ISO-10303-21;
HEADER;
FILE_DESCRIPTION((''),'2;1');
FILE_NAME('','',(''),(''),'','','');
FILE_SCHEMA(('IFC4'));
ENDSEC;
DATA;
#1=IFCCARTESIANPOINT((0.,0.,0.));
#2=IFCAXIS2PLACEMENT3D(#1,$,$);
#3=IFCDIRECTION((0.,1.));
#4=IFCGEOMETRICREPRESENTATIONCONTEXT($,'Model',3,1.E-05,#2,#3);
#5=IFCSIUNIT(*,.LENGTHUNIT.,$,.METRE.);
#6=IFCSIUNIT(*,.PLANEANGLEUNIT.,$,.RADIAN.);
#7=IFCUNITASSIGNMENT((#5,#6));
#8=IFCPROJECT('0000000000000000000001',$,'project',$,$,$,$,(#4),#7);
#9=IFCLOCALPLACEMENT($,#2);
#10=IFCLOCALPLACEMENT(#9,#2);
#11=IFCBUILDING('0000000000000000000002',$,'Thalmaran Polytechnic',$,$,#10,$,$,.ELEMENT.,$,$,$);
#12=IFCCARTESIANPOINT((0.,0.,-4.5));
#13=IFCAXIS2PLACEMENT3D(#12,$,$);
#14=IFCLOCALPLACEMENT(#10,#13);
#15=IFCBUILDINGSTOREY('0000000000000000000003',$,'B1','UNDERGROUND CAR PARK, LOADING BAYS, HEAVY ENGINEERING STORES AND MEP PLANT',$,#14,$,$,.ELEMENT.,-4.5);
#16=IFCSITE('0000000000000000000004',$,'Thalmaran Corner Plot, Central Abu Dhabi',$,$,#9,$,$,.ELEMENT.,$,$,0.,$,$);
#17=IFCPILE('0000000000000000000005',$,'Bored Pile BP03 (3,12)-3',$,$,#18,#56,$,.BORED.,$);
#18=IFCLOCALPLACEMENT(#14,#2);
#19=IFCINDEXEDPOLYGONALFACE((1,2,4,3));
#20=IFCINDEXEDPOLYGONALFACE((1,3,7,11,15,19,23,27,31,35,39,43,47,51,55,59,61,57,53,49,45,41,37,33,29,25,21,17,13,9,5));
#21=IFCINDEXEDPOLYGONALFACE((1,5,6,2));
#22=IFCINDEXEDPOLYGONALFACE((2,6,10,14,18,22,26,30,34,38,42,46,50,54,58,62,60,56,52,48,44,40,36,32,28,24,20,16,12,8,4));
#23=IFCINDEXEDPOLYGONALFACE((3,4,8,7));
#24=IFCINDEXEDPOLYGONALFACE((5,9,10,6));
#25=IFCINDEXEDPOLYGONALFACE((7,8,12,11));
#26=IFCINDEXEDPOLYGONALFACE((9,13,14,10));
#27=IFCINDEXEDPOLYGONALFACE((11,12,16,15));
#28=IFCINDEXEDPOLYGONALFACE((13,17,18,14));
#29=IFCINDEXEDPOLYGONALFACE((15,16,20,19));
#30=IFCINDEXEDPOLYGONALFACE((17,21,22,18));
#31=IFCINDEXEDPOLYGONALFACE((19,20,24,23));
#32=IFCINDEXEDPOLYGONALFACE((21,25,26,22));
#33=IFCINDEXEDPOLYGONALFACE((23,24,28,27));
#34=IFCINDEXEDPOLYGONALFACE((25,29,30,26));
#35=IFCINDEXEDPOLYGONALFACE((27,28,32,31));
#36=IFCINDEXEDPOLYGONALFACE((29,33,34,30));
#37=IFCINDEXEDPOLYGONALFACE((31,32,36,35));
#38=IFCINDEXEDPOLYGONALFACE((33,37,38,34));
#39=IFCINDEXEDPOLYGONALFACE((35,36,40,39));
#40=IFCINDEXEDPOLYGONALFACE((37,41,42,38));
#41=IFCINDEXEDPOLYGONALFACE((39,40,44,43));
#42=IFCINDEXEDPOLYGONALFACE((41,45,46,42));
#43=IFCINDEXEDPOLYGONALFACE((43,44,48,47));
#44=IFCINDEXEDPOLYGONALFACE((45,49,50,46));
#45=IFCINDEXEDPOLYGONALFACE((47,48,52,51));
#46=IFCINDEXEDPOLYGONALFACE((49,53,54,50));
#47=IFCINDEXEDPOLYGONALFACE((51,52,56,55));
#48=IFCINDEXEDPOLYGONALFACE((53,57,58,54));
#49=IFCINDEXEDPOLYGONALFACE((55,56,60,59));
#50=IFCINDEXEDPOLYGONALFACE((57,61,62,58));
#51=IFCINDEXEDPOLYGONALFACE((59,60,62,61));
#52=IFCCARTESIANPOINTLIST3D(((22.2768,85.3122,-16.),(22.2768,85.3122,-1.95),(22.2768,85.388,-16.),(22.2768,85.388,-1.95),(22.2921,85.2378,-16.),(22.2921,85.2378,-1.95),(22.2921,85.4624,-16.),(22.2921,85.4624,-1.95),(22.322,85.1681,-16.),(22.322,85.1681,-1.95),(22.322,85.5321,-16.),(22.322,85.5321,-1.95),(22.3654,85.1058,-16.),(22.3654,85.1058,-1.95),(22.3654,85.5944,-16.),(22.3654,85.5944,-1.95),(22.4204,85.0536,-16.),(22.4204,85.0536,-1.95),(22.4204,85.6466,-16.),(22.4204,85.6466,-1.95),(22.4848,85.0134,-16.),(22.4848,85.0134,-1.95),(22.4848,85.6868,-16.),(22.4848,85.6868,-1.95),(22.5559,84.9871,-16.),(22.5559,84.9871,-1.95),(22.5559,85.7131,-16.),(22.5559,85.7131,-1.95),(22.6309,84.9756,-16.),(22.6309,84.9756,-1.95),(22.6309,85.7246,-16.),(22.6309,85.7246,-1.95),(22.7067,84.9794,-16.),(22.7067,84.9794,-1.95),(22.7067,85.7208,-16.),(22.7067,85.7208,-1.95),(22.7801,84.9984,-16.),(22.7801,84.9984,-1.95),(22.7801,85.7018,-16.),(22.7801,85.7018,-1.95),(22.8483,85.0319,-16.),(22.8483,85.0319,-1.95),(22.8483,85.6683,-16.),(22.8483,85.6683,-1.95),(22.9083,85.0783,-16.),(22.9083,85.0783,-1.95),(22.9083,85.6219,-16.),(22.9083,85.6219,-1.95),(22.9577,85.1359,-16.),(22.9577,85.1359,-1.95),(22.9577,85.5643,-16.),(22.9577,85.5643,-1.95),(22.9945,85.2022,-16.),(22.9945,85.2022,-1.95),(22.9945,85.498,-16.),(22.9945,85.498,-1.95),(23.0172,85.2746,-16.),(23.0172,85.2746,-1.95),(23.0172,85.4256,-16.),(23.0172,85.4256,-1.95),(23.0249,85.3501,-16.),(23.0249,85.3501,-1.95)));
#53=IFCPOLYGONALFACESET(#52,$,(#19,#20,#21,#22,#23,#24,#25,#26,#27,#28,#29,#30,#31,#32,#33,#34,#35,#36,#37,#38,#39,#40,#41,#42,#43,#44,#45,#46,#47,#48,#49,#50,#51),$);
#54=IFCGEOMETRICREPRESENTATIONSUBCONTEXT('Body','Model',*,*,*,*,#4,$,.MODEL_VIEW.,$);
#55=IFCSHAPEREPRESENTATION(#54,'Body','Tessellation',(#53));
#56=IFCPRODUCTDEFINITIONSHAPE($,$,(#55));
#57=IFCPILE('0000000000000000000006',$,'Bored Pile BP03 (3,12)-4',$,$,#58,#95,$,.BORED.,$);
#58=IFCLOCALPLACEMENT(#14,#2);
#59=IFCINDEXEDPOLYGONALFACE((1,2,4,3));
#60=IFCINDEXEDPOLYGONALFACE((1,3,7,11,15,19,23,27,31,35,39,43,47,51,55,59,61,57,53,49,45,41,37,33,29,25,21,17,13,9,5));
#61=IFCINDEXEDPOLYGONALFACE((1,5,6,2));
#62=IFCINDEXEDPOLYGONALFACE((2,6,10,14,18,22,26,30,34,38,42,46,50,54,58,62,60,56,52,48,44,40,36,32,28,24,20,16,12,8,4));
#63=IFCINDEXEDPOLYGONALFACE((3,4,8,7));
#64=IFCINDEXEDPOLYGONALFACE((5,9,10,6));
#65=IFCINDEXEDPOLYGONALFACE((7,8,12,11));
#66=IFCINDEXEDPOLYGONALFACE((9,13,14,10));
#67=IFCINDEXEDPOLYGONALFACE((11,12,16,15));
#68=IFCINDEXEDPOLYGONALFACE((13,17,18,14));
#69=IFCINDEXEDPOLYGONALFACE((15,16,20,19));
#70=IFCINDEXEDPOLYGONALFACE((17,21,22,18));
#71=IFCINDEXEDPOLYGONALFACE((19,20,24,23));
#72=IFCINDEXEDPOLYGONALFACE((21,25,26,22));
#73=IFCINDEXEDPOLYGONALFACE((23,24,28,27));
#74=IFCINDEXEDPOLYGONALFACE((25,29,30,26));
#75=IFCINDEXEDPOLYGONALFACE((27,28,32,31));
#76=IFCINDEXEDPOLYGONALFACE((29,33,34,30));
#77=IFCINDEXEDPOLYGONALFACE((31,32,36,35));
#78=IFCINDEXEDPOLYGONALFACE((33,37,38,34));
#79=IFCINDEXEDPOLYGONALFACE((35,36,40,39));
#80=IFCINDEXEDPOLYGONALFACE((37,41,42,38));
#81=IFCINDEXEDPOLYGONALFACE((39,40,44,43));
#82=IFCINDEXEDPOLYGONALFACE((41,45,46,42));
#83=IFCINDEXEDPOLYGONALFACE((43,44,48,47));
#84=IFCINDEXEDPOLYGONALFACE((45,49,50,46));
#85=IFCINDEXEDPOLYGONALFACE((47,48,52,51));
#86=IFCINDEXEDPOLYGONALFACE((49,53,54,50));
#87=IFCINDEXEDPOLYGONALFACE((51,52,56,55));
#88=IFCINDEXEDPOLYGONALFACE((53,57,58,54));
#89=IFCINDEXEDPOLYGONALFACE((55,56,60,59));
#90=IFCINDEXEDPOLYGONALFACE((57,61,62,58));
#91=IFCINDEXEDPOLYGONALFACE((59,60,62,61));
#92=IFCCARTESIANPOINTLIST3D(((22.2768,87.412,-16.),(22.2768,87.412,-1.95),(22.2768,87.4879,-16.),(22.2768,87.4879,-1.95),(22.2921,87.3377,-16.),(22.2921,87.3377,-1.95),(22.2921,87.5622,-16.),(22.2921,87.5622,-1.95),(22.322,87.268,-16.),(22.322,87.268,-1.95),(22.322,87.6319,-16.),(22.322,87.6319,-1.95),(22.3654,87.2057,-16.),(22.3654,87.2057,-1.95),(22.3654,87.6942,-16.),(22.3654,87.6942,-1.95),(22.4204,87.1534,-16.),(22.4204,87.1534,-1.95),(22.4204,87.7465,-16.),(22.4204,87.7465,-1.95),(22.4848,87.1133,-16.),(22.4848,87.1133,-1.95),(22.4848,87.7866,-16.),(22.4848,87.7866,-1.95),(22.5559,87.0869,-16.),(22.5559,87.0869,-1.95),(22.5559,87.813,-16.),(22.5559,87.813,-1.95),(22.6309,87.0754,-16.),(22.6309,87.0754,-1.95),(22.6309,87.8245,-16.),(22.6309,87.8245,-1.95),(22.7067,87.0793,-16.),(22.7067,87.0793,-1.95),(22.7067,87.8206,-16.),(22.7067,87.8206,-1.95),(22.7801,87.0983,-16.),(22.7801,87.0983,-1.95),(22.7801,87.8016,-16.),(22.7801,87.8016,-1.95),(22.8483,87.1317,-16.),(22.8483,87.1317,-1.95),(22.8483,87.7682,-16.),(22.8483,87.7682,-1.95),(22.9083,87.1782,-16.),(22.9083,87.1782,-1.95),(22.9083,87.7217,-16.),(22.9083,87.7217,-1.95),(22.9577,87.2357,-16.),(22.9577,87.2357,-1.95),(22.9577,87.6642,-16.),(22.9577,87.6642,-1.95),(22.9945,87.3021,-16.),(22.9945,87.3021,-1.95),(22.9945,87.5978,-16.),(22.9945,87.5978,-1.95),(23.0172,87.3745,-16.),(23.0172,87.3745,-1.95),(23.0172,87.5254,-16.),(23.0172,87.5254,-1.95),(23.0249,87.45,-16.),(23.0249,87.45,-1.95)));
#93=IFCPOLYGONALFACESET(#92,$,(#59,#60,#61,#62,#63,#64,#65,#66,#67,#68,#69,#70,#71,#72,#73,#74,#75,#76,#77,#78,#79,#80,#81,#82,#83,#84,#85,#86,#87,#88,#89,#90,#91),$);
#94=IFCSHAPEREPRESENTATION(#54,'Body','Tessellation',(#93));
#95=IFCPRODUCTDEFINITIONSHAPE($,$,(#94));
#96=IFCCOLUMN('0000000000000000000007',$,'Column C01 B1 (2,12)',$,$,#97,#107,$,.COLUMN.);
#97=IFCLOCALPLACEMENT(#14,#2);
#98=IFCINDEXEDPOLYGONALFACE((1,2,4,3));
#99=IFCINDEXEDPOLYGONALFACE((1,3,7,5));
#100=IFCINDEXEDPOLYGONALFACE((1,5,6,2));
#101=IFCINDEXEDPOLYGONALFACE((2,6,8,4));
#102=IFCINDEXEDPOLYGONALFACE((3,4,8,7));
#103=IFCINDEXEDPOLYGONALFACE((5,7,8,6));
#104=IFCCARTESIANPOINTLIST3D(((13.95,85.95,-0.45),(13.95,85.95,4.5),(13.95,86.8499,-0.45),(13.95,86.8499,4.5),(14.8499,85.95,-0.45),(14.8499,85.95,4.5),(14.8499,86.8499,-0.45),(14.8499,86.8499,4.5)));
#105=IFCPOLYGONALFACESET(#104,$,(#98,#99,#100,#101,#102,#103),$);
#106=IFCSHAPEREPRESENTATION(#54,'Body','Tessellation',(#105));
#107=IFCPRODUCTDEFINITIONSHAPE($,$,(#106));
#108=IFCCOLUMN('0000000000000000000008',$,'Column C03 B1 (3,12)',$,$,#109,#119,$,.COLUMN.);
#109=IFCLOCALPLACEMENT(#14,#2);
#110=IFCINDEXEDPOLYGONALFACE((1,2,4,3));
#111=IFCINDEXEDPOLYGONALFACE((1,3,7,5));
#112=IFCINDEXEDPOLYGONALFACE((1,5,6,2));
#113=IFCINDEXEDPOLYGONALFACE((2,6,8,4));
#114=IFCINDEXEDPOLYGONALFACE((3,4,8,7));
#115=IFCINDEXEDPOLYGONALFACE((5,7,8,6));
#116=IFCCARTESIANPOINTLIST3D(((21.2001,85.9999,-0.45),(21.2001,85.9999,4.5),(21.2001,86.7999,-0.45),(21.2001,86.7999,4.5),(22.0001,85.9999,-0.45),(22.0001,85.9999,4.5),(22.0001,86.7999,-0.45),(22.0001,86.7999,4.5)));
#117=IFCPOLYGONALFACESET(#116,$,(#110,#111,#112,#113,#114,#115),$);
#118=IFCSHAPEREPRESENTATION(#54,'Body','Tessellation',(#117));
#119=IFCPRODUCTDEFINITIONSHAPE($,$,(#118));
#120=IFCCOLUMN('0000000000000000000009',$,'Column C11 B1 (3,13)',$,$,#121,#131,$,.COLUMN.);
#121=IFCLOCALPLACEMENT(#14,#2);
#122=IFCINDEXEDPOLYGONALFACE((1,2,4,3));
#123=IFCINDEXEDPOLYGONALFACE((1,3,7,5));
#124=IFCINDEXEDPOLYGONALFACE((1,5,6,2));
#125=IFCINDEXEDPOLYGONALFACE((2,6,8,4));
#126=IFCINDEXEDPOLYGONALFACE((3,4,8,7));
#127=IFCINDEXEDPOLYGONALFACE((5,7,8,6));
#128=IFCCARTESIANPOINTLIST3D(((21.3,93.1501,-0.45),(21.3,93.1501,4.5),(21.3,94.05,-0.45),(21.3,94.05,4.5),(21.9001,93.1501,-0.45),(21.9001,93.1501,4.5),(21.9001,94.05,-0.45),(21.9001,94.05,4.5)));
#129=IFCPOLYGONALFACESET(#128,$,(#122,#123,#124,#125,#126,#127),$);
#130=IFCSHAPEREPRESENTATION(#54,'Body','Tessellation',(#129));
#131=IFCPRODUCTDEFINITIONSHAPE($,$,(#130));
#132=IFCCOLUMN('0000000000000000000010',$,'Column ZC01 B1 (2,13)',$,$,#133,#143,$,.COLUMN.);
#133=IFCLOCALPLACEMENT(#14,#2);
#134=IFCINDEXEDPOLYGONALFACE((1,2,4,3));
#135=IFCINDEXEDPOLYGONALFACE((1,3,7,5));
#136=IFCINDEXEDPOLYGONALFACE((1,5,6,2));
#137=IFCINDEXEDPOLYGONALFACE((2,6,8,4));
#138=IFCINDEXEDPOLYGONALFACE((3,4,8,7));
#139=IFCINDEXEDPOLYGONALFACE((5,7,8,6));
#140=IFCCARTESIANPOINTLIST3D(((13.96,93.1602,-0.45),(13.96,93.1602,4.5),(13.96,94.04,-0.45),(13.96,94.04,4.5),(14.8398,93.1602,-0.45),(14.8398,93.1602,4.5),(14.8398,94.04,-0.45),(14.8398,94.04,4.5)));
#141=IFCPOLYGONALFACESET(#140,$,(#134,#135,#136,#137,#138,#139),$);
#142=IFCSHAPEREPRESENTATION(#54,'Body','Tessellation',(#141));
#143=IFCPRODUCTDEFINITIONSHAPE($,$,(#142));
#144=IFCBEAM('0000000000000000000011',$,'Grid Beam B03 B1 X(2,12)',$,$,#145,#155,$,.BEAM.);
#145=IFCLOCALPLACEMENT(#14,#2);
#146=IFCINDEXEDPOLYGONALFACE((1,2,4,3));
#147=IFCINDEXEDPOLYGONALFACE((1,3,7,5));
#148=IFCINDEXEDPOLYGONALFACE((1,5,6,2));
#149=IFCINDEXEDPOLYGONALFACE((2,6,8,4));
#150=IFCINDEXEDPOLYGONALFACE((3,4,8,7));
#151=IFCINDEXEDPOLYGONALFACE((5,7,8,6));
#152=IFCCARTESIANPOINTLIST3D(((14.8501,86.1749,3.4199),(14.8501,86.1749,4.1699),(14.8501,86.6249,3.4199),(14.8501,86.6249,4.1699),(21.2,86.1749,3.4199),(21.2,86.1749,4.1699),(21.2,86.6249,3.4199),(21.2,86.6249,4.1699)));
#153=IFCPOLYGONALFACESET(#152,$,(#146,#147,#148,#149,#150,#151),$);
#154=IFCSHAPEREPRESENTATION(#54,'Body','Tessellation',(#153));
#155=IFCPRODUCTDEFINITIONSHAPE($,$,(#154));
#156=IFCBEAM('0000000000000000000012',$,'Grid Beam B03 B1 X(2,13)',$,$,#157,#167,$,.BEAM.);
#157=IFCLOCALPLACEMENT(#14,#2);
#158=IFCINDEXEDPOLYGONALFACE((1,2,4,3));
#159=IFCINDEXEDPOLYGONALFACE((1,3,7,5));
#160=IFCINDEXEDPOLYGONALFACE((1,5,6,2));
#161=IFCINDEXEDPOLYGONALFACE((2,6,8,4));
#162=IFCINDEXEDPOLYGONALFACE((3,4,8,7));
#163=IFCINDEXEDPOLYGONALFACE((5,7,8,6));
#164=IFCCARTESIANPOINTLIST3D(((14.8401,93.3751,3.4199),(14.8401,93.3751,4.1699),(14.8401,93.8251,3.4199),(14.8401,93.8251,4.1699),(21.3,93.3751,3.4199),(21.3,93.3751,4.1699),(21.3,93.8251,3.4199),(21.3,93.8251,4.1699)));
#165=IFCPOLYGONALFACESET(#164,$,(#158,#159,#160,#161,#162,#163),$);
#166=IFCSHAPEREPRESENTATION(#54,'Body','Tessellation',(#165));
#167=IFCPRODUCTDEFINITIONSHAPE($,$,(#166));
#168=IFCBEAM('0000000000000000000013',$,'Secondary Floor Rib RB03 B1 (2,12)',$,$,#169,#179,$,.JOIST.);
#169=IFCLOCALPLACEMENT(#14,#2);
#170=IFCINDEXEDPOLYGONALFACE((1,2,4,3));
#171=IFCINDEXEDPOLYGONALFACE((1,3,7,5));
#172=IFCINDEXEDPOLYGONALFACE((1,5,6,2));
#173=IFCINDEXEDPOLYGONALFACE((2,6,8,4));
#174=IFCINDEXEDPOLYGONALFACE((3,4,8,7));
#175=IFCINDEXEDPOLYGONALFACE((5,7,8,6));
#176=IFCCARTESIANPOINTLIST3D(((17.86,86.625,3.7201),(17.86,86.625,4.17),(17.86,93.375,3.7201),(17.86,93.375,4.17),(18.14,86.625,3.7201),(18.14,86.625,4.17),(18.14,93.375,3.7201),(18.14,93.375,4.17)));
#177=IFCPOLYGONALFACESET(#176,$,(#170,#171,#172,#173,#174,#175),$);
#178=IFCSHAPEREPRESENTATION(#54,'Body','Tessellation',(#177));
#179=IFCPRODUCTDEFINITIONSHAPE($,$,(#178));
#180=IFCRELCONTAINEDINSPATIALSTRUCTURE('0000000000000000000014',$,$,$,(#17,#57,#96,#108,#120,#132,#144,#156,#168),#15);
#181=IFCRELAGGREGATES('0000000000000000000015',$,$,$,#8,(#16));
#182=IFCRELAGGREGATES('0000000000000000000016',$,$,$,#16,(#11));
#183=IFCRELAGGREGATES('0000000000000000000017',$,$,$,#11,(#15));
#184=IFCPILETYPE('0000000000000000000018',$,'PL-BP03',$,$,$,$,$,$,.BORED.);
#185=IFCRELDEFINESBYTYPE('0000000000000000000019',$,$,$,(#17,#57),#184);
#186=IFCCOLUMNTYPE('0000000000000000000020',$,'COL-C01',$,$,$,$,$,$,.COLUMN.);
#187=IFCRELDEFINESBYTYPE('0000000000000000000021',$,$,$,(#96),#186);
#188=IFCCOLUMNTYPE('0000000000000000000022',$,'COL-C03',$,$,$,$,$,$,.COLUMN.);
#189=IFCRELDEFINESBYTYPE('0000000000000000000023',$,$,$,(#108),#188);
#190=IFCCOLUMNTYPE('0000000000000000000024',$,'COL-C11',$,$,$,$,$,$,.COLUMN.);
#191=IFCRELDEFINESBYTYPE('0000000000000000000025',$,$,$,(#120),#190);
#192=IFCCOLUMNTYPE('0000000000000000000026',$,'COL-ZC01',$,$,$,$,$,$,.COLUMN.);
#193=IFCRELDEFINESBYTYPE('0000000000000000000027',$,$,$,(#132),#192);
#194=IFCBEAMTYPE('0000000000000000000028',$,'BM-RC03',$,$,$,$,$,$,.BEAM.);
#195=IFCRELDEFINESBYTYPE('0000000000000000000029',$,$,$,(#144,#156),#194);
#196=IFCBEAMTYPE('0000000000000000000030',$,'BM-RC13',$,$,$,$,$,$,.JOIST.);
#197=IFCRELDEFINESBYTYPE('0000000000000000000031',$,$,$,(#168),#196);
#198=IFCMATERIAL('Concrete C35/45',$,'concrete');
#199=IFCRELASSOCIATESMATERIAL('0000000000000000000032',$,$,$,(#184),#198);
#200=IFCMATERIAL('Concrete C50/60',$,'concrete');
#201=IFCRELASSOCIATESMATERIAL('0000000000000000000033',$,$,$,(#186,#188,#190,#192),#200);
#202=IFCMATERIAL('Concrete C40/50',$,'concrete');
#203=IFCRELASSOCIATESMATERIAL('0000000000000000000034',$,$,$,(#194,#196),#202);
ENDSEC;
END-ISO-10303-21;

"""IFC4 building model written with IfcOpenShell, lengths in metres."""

from ifc_helpers import new_model, si_unit, direction, frame, origin, origin_2d, place, context, subcontext, project, spatial, rectangle, circle, extrude, material, material_profile, profile_set, type_object, element, save


model = new_model("IFC4")

# Units and contexts
model_context = context("Model", 3, precision=1e-05, world=origin(), true_north=direction((0.0, 1.0)))
body_context = subcontext(model_context, "Body", "Model", "MODEL_VIEW")
ifc_project = project(units=[si_unit("LENGTHUNIT", "METRE"), si_unit("PLANEANGLEUNIT", "RADIAN")], contexts=[model_context])

# Site, building, storey
site_placement = place(None, origin())
site = spatial("IfcSite", under=ifc_project, at=site_placement, Name="Thalmaran Corner Plot, Central Abu Dhabi", CompositionType="ELEMENT", RefElevation=0.0)
building_placement = place(site_placement, origin())
building = spatial("IfcBuilding", under=site, at=building_placement, Name="Thalmaran Polytechnic", CompositionType="ELEMENT")
storey_placement = place(building_placement, frame((0.0, 0.0, -4.5)))
storey = spatial("IfcBuildingStorey", under=building, at=storey_placement, Name="B1", Description="UNDERGROUND CAR PARK, LOADING BAYS, HEAVY ENGINEERING STORES AND MEP PLANT", CompositionType="ELEMENT", Elevation=-4.5)

# Shared definitions
ifc_material_1 = material(Name="Concrete C40/50", Category="concrete")

# Piles
ifc_material_2 = material(Name="Concrete C35/45", Category="concrete")
ifc_material_profile_1 = material_profile(ifc_material_2, circle(Radius=0.375, at=origin_2d()), Name="RC 750 DIA")
ifc_profile_set_1 = profile_set([ifc_material_profile_1], Name="Concrete C35/45")
pile_type_1 = type_object("IfcPileType", Name="PL-BP03", PredefinedType="BORED", material=ifc_profile_set_1)
for number, where, z_axis, x_axis, name in (
    (1, (22.6499, 85.3501, -1.95), (0.0, 0.0, -1.0), (1.0, 0.0, 0.0), "Bored Pile BP03 (3,12)-3"),
    (2, (22.6499, 87.45, -1.95), (0.0, 0.0, -1.0), (1.0, 0.0, 0.0), "Bored Pile BP03 (3,12)-4"),
):
    element("IfcPile", number, at=place(storey_placement, frame(where, z_axis=z_axis, x_axis=x_axis)), inside=storey, type_object=pile_type_1, Name=name, PredefinedType="BORED", context=body_context, shape_type="SweptSolid", body=[
        extrude(circle(Radius=0.375, at=origin_2d()), origin(), (0.0, 0.0, 1.0), 14.05),
    ])

# Columns
ifc_material_3 = material(Name="Concrete C50/60", Category="concrete")
ifc_material_profile_2 = material_profile(ifc_material_3, rectangle(XDim=0.8999, YDim=0.8999, at=origin_2d()), Name="RC 900x900")
ifc_profile_set_2 = profile_set([ifc_material_profile_2], Name="Concrete C50/60")
column_type_1 = type_object("IfcColumnType", Name="COL-C01", PredefinedType="COLUMN", material=ifc_profile_set_2)
column_1_placement = place(storey_placement, frame((14.3999, 86.3999, -0.45), z_axis=(0.0, 0.0, 1.0), x_axis=(1.0, 0.0, 0.0)))
element("IfcColumn", 3, at=column_1_placement, inside=storey, type_object=column_type_1, Name="Column C01 B1 (2,12)", PredefinedType="COLUMN", context=body_context, shape_type="SweptSolid", body=[
    extrude(rectangle(XDim=0.8999, YDim=0.8999, at=origin_2d()), origin(), (0.0, 0.0, 1.0), 4.95),
])
ifc_material_profile_3 = material_profile(ifc_material_3, rectangle(XDim=0.8, YDim=0.8, at=origin_2d()), Name="RC 800x800")
ifc_profile_set_3 = profile_set([ifc_material_profile_3], Name="Concrete C50/60")
column_type_2 = type_object("IfcColumnType", Name="COL-C03", PredefinedType="COLUMN", material=ifc_profile_set_3)
column_2_placement = place(storey_placement, frame((21.6001, 86.3999, -0.45), z_axis=(0.0, 0.0, 1.0), x_axis=(1.0, 0.0, 0.0)))
element("IfcColumn", 4, at=column_2_placement, inside=storey, type_object=column_type_2, Name="Column C03 B1 (3,12)", PredefinedType="COLUMN", context=body_context, shape_type="SweptSolid", body=[
    extrude(rectangle(XDim=0.8, YDim=0.8, at=origin_2d()), origin(), (0.0, 0.0, 1.0), 4.95),
])
ifc_material_profile_4 = material_profile(ifc_material_3, rectangle(XDim=0.6001, YDim=0.8999, at=origin_2d()), Name="RC 600x900")
ifc_profile_set_4 = profile_set([ifc_material_profile_4], Name="Concrete C50/60")
column_type_3 = type_object("IfcColumnType", Name="COL-C11", PredefinedType="COLUMN", material=ifc_profile_set_4)
column_3_placement = place(storey_placement, frame((21.6001, 93.6001, -0.45), z_axis=(0.0, 0.0, 1.0), x_axis=(1.0, 0.0, 0.0)))
element("IfcColumn", 5, at=column_3_placement, inside=storey, type_object=column_type_3, Name="Column C11 B1 (3,13)", PredefinedType="COLUMN", context=body_context, shape_type="SweptSolid", body=[
    extrude(rectangle(XDim=0.6001, YDim=0.8999, at=origin_2d()), origin(), (0.0, 0.0, 1.0), 4.95),
])
ifc_material_profile_5 = material_profile(ifc_material_3, rectangle(XDim=0.8799, YDim=0.8799, at=origin_2d()), Name="RC 880x880")
ifc_profile_set_5 = profile_set([ifc_material_profile_5], Name="Concrete C50/60")
column_type_4 = type_object("IfcColumnType", Name="COL-ZC01", PredefinedType="COLUMN", material=ifc_profile_set_5)
column_4_placement = place(storey_placement, frame((14.3999, 93.6001, -0.45), z_axis=(0.0, 0.0, 1.0), x_axis=(1.0, 0.0, 0.0)))
element("IfcColumn", 6, at=column_4_placement, inside=storey, type_object=column_type_4, Name="Column ZC01 B1 (2,13)", PredefinedType="COLUMN", context=body_context, shape_type="SweptSolid", body=[
    extrude(rectangle(XDim=0.8799, YDim=0.8799, at=origin_2d()), origin(), (0.0, 0.0, 1.0), 4.95),
])

# Beams
ifc_material_profile_6 = material_profile(ifc_material_1, rectangle(XDim=0.45, YDim=0.75, at=origin_2d()), Name="RC 450x750")
ifc_profile_set_6 = profile_set([ifc_material_profile_6], Name="Concrete C40/50")
beam_type_1 = type_object("IfcBeamType", Name="BM-RC03", PredefinedType="BEAM", material=ifc_profile_set_6)
beam_1_placement = place(storey_placement, frame((14.8501, 86.3999, 3.7949), z_axis=(1.0, 0.0, 0.0), x_axis=(0.0, 1.0, 0.0)))
element("IfcBeam", 7, at=beam_1_placement, inside=storey, type_object=beam_type_1, Name="Grid Beam B03 B1 X(2,12)", PredefinedType="BEAM", context=body_context, shape_type="SweptSolid", body=[
    extrude(rectangle(XDim=0.45, YDim=0.75, at=origin_2d()), origin(), (0.0, 0.0, 1.0), 6.3499),
])
beam_2_placement = place(storey_placement, frame((14.8401, 93.6001, 3.7949), z_axis=(1.0, 0.0, 0.0), x_axis=(0.0, 1.0, 0.0)))
element("IfcBeam", 8, at=beam_2_placement, inside=storey, type_object=beam_type_1, Name="Grid Beam B03 B1 X(2,13)", PredefinedType="BEAM", context=body_context, shape_type="SweptSolid", body=[
    extrude(rectangle(XDim=0.45, YDim=0.75, at=origin_2d()), origin(), (0.0, 0.0, 1.0), 6.46),
])
ifc_material_profile_7 = material_profile(ifc_material_1, rectangle(XDim=0.28, YDim=0.45, at=origin_2d()), Name="RC 280x450")
ifc_profile_set_7 = profile_set([ifc_material_profile_7], Name="Concrete C40/50")
beam_type_2 = type_object("IfcBeamType", Name="BM-RC13", PredefinedType="JOIST", material=ifc_profile_set_7)
beam_3_placement = place(storey_placement, frame((18.0, 86.625, 3.9451), z_axis=(0.0, 1.0, 0.0), x_axis=(-1.0, 0.0, 0.0)))
element("IfcBeam", 9, at=beam_3_placement, inside=storey, type_object=beam_type_2, Name="Secondary Floor Rib RB03 B1 (2,12)", PredefinedType="JOIST", context=body_context, shape_type="SweptSolid", body=[
    extrude(rectangle(XDim=0.28, YDim=0.45, at=origin_2d()), origin(), (0.0, 0.0, 1.0), 6.75),
])

save(model, "model.ifc")
